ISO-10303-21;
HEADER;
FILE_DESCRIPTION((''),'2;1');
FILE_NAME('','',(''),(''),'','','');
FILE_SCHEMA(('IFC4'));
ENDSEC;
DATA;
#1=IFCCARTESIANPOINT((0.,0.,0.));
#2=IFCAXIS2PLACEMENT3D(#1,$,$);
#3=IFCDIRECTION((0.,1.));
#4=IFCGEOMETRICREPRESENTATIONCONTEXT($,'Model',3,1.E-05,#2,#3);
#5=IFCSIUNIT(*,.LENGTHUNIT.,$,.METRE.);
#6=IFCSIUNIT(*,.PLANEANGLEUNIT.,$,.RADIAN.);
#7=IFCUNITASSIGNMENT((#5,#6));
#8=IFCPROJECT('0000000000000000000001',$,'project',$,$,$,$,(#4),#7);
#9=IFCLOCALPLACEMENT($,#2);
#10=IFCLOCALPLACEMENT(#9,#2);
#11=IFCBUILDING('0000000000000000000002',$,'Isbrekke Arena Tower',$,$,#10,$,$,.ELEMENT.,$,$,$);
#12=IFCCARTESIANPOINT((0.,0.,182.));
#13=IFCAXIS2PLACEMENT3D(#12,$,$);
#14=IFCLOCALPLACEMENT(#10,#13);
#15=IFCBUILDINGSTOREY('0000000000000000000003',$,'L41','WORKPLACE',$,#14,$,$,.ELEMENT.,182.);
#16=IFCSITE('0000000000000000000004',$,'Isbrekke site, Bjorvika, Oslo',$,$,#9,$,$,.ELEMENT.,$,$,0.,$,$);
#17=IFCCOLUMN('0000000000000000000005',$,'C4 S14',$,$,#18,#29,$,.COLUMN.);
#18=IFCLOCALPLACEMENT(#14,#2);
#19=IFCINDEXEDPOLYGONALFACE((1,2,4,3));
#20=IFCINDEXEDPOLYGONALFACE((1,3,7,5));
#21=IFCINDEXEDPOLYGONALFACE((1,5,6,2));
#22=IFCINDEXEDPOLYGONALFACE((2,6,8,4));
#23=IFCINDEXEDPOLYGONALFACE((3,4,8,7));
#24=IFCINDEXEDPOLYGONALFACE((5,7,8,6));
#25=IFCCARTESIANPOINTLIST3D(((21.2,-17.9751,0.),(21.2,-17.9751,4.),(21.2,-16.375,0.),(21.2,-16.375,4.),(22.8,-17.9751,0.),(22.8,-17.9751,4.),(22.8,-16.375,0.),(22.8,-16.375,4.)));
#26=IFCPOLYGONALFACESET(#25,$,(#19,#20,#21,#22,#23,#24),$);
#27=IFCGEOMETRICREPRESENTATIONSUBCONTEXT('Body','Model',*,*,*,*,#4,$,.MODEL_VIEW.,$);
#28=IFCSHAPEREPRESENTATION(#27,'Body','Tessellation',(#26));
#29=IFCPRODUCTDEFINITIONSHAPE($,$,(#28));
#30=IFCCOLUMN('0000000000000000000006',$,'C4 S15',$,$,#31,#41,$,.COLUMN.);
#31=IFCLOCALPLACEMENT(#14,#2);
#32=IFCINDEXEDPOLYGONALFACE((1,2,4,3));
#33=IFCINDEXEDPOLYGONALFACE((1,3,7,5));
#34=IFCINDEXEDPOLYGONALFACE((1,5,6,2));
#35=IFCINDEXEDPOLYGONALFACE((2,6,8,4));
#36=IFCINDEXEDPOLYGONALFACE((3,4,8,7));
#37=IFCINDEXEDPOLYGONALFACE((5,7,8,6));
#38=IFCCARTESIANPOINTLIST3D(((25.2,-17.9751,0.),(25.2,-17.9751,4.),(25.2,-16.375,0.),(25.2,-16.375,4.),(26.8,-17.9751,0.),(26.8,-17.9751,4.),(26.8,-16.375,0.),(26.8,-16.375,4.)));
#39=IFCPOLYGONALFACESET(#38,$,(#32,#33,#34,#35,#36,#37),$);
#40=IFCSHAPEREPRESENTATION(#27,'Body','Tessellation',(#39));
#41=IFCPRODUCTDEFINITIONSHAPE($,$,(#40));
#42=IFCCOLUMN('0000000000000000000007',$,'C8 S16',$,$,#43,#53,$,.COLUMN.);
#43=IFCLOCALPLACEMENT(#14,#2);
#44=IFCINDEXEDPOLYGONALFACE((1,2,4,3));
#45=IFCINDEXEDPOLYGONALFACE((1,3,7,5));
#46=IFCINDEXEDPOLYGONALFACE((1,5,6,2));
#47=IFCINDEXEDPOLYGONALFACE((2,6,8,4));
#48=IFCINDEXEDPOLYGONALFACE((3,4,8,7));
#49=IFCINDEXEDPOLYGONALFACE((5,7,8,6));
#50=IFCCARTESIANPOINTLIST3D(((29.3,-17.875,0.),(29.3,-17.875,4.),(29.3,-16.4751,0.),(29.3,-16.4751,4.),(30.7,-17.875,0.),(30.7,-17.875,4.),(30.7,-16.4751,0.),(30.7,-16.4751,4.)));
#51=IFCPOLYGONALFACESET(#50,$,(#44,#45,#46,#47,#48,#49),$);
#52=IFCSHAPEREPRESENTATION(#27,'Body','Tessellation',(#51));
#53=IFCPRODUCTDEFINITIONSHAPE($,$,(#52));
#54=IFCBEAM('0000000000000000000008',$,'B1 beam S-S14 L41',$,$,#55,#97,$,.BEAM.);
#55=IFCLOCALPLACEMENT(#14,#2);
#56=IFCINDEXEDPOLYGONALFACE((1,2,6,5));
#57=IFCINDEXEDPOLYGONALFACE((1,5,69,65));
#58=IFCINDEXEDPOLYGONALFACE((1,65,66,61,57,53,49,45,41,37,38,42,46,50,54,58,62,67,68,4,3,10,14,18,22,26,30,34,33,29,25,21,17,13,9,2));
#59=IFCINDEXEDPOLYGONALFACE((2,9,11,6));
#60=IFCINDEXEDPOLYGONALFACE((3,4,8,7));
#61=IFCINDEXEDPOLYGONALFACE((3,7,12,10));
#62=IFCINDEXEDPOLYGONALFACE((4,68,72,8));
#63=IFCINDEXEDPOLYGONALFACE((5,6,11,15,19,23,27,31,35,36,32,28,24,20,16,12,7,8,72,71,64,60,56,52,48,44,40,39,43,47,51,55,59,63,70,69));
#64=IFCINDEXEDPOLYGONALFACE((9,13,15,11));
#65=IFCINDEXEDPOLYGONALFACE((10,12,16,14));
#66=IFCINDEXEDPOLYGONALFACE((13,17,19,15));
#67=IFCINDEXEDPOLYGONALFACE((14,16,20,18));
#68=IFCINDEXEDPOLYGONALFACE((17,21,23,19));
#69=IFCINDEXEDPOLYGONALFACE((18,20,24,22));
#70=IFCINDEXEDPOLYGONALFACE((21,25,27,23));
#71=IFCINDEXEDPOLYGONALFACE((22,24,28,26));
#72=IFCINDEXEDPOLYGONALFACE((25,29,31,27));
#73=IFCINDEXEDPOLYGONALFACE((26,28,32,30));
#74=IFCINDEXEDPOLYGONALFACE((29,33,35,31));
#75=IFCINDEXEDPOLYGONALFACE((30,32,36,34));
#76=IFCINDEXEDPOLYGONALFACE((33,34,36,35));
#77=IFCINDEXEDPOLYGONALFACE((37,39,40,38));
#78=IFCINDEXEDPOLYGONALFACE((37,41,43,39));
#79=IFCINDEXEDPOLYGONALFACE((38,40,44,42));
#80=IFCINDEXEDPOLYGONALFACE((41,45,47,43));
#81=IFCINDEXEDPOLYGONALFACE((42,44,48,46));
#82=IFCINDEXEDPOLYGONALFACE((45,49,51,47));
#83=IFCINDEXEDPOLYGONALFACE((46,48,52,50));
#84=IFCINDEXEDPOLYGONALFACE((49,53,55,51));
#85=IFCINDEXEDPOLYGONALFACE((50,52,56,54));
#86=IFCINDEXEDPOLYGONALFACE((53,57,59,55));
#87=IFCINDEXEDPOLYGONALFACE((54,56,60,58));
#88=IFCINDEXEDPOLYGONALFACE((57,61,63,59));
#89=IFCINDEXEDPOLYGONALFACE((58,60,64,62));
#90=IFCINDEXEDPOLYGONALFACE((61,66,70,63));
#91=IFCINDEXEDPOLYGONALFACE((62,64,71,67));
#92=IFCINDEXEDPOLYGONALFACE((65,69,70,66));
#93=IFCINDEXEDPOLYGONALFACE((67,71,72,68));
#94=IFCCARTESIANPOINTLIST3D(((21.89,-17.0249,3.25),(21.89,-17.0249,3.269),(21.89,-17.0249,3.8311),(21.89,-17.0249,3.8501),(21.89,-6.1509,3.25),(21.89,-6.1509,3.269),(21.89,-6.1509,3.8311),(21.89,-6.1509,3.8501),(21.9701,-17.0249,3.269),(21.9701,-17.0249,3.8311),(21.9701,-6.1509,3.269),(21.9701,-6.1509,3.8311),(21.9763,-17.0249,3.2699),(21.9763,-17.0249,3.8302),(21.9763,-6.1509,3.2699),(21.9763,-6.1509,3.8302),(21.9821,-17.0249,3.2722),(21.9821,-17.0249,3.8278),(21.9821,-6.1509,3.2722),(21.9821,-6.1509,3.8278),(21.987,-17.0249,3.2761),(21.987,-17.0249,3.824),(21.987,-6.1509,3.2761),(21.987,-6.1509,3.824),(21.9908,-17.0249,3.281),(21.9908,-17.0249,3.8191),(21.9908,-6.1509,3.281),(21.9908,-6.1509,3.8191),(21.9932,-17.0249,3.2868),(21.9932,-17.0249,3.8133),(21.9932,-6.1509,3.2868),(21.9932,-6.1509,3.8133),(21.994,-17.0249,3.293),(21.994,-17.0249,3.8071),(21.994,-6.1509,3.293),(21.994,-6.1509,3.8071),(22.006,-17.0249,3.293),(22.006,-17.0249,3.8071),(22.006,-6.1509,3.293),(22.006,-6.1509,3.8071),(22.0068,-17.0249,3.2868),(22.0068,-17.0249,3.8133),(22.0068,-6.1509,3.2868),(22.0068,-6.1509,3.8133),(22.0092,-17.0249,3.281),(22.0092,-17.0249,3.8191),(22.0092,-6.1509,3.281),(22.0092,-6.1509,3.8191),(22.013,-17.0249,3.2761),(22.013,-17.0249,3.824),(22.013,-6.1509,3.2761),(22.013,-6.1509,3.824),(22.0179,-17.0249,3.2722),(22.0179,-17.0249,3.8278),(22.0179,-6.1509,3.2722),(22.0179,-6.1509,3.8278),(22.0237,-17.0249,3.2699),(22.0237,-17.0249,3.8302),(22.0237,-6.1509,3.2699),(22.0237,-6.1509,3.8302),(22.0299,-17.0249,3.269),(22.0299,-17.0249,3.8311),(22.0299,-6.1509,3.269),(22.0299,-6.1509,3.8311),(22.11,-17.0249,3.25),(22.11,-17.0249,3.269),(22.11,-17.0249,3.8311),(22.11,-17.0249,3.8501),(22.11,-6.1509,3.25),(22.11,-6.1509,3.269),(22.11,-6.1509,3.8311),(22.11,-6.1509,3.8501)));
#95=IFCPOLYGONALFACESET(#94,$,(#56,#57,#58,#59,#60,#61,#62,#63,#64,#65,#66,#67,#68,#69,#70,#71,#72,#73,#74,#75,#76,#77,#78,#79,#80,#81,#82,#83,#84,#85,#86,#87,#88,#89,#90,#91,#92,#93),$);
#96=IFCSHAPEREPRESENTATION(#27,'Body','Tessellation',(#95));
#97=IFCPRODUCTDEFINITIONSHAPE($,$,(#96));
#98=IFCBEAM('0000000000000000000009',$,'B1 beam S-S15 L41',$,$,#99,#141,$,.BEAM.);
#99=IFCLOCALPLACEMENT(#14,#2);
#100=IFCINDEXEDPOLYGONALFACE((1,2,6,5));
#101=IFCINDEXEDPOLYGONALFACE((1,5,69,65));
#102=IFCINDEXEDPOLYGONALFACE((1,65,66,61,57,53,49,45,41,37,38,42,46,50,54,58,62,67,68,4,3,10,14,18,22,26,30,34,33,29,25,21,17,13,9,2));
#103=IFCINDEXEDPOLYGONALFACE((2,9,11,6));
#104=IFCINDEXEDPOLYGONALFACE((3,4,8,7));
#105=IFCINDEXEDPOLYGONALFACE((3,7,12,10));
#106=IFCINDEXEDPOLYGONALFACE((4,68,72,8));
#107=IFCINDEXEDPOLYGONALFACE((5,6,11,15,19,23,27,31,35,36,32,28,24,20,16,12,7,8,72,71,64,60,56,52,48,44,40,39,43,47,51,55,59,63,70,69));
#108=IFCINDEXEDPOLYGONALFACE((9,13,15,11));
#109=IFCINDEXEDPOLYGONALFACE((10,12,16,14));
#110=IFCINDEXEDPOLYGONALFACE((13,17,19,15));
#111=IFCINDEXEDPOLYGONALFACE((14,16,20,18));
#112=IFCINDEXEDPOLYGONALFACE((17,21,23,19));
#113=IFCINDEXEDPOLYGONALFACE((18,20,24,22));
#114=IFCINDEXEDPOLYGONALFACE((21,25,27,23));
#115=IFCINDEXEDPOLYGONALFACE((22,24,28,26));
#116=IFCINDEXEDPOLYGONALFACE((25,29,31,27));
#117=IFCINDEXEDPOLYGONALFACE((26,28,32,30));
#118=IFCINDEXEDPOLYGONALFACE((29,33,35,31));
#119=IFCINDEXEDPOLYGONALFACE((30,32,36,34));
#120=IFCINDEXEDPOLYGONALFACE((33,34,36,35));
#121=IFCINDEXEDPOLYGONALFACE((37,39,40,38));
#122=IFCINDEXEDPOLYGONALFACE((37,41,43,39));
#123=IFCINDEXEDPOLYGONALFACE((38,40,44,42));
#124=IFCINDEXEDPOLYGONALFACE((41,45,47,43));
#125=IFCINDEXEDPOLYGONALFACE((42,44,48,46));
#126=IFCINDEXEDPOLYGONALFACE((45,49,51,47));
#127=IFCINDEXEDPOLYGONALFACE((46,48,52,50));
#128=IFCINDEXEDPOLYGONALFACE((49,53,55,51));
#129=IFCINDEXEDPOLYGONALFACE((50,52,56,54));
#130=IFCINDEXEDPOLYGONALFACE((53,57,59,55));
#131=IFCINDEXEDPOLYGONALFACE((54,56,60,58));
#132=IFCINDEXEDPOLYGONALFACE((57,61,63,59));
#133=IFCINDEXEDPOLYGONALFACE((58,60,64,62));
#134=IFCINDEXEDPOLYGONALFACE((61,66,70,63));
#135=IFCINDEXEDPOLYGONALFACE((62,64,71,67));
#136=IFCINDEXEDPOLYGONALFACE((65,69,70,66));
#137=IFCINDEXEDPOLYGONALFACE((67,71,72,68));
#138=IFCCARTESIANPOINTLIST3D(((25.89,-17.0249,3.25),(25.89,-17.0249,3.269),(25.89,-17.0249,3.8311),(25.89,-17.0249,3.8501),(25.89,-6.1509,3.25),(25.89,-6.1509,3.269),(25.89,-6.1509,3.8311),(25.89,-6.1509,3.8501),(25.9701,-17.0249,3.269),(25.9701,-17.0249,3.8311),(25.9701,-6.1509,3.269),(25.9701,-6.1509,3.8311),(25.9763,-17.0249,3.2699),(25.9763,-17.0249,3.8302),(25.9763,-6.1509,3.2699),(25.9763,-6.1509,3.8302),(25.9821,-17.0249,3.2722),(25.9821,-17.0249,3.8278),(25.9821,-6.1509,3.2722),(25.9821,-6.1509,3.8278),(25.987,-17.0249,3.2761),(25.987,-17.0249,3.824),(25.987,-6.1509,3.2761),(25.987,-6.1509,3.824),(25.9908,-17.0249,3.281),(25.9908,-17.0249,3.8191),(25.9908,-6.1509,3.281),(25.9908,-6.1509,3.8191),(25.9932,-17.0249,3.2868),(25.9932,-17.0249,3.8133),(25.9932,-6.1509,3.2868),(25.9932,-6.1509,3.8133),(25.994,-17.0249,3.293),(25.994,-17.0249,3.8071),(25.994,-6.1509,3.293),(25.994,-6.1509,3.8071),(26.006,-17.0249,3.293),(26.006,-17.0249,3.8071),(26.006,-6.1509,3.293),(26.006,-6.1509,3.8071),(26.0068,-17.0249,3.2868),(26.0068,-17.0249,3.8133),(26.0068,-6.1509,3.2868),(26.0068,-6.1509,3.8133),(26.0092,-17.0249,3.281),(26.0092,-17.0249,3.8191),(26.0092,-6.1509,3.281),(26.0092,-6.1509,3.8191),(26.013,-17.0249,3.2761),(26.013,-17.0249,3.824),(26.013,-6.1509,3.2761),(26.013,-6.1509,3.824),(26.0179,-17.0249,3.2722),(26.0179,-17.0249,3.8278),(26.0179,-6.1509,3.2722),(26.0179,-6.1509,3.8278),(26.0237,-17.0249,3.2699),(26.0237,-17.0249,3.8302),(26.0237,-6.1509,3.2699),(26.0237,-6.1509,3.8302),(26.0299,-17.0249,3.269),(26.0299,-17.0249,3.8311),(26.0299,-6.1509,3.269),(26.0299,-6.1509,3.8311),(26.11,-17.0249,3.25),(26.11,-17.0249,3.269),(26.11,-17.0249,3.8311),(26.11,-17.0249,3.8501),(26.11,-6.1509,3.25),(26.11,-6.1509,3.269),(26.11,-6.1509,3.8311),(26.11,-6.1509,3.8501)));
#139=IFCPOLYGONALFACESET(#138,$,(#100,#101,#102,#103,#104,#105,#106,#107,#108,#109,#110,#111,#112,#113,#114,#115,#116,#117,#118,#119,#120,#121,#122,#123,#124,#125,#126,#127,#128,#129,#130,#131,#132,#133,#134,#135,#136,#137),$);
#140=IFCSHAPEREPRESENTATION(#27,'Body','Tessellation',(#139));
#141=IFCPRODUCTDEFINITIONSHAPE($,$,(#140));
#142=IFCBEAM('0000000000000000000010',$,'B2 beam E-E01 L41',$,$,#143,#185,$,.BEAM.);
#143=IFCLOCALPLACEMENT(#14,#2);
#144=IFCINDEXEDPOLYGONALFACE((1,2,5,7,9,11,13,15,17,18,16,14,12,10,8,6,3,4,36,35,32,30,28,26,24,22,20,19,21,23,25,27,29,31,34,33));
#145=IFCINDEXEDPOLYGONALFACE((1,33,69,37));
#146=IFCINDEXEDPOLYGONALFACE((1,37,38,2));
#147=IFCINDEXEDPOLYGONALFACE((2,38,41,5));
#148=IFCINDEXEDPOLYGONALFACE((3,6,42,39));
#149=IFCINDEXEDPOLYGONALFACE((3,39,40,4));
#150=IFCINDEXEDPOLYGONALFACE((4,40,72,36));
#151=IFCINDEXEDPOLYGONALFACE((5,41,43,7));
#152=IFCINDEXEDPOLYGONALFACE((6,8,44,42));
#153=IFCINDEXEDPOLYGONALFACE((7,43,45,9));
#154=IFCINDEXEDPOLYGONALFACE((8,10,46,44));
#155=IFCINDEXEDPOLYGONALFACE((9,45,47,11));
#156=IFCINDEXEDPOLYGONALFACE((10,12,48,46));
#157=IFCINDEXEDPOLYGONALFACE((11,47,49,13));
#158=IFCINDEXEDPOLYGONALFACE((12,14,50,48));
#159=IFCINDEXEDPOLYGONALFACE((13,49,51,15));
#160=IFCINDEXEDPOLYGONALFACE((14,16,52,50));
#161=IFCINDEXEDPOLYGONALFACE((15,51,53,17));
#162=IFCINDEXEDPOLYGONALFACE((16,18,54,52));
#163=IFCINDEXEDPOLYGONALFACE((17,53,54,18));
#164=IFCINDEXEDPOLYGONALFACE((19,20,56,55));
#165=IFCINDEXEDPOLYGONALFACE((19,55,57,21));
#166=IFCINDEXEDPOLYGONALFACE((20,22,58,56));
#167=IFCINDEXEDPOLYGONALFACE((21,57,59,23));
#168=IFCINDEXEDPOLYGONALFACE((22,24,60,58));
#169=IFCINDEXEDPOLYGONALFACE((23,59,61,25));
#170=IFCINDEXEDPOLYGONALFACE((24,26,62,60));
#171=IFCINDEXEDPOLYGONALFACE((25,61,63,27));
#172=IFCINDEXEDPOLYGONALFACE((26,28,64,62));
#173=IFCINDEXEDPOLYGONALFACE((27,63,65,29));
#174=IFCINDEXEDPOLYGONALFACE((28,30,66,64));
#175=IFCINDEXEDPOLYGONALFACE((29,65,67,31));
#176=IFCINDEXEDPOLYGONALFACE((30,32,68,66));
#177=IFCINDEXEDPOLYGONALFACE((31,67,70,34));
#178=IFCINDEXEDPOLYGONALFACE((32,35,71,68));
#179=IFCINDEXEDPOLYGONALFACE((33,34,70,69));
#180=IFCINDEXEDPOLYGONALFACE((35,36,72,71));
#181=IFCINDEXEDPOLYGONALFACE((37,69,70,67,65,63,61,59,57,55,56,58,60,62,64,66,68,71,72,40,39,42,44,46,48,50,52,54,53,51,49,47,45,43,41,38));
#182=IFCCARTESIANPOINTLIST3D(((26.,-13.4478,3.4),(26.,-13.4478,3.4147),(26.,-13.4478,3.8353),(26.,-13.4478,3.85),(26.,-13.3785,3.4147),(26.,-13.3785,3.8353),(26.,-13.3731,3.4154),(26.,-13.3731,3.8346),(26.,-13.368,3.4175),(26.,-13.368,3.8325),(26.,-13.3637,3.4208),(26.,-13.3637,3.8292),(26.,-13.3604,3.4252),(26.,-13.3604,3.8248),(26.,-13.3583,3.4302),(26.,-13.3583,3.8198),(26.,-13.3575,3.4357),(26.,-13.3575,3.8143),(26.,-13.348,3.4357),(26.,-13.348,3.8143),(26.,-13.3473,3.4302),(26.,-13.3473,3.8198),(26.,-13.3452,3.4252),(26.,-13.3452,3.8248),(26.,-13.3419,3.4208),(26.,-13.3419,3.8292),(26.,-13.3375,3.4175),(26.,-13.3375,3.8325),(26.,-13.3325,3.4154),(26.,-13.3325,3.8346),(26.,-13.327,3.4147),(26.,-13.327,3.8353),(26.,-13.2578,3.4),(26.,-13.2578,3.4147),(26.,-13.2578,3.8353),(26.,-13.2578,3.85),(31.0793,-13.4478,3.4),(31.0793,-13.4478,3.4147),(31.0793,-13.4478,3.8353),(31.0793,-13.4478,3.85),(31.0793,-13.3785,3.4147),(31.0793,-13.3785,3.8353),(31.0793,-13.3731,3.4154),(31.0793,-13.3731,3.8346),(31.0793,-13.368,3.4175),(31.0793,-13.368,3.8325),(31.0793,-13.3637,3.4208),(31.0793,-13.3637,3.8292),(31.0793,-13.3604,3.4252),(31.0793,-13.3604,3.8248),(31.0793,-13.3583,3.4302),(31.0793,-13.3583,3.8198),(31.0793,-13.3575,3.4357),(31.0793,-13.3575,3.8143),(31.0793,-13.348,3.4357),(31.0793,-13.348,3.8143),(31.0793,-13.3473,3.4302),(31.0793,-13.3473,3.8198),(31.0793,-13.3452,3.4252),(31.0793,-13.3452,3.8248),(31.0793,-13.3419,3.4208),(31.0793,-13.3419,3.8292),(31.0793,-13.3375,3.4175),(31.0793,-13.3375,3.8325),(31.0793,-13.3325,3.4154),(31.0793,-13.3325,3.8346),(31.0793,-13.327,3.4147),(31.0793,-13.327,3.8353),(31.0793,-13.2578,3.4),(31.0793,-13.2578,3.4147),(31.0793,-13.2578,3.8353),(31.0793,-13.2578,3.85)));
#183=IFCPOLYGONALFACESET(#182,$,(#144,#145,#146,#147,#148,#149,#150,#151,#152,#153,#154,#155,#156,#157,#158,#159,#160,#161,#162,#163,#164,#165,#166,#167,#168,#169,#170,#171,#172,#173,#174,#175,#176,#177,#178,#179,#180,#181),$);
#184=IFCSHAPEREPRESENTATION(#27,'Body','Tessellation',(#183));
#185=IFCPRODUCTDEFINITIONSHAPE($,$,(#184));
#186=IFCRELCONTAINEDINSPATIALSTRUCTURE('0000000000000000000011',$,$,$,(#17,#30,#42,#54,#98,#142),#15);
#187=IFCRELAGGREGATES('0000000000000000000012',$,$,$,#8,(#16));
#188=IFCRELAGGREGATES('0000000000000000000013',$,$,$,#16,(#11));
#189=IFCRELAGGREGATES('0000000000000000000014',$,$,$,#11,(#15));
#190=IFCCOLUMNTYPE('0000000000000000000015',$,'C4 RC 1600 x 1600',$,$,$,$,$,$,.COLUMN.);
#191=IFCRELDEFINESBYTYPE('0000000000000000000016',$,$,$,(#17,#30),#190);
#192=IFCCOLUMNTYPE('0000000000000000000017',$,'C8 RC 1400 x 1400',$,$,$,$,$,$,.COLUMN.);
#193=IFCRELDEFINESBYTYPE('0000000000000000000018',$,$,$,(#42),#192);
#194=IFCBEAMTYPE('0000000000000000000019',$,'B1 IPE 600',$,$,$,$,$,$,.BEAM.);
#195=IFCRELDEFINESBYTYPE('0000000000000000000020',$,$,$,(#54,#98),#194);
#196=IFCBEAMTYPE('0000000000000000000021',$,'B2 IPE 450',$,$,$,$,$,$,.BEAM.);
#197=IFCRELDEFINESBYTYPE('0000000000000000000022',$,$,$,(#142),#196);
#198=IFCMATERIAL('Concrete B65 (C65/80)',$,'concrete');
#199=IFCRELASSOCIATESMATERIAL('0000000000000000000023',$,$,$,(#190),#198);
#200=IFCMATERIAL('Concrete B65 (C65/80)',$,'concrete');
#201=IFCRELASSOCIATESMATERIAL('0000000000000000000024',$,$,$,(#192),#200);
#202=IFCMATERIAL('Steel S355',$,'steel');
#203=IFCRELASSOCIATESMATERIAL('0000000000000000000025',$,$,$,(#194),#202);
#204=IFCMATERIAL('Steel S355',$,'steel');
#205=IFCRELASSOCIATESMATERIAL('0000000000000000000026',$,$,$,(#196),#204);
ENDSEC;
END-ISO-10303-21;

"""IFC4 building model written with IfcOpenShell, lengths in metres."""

from ifc_helpers import new_model, si_unit, direction, frame, origin, origin_2d, place, context, subcontext, project, spatial, rectangle, i_section, extrude, material, material_profile, profile_set, type_object, element, save


model = new_model("IFC4")

# Units and contexts
model_context = context("Model", 3, precision=1e-05, world=origin(), true_north=direction((0.0, 1.0)))
body_context = subcontext(model_context, "Body", "Model", "MODEL_VIEW")
ifc_project = project(units=[si_unit("LENGTHUNIT", "METRE"), si_unit("PLANEANGLEUNIT", "RADIAN")], contexts=[model_context])

# Site, building, storey
site_placement = place(None, origin())
site = spatial("IfcSite", under=ifc_project, at=site_placement, Name="Isbrekke site, Bjorvika, Oslo", CompositionType="ELEMENT", RefElevation=0.0)
building_placement = place(site_placement, origin())
building = spatial("IfcBuilding", under=site, at=building_placement, Name="Isbrekke Arena Tower", CompositionType="ELEMENT")
storey_placement = place(building_placement, frame((0.0, 0.0, 182.0)))
storey = spatial("IfcBuildingStorey", under=building, at=storey_placement, Name="L41", Description="WORKPLACE", CompositionType="ELEMENT", Elevation=182.0)

# Columns
ifc_material_1 = material(Name="Concrete B65 (C65/80)", Category="concrete")
ifc_material_profile_1 = material_profile(ifc_material_1, rectangle(XDim=1.6001, YDim=1.6001, at=origin_2d()), Name="RC 1600x1600")
ifc_profile_set_1 = profile_set([ifc_material_profile_1], Name="Concrete B65 (C65/80)")
column_type_1 = type_object("IfcColumnType", Name="C4 RC 1600 x 1600", PredefinedType="COLUMN", material=ifc_profile_set_1)
for number, where, z_axis, x_axis, name in (
    (1, (22.0, -17.175, 0.0), (0.0, 0.0, 1.0), (1.0, 0.0, 0.0), "C4 S14"),
    (2, (26.0, -17.175, 0.0), (0.0, 0.0, 1.0), (1.0, 0.0, 0.0), "C4 S15"),
):
    element("IfcColumn", number, at=place(storey_placement, frame(where, z_axis=z_axis, x_axis=x_axis)), inside=storey, type_object=column_type_1, Name=name, PredefinedType="COLUMN", context=body_context, shape_type="SweptSolid", body=[
        extrude(rectangle(XDim=1.6001, YDim=1.6001, at=origin_2d()), origin(), (0.0, 0.0, 1.0), 4.0),
    ])
ifc_material_2 = material(Name="Concrete B65 (C65/80)", Category="concrete")
ifc_material_profile_2 = material_profile(ifc_material_2, rectangle(XDim=1.3999, YDim=1.3999, at=origin_2d()), Name="RC 1400x1400")
ifc_profile_set_2 = profile_set([ifc_material_profile_2], Name="Concrete B65 (C65/80)")
column_type_2 = type_object("IfcColumnType", Name="C8 RC 1400 x 1400", PredefinedType="COLUMN", material=ifc_profile_set_2)
column_placement = place(storey_placement, frame((30.0, -17.175, 0.0), z_axis=(0.0, 0.0, 1.0), x_axis=(1.0, 0.0, 0.0)))
element("IfcColumn", 3, at=column_placement, inside=storey, type_object=column_type_2, Name="C8 S16", PredefinedType="COLUMN", context=body_context, shape_type="SweptSolid", body=[
    extrude(rectangle(XDim=1.3999, YDim=1.3999, at=origin_2d()), origin(), (0.0, 0.0, 1.0), 4.0),
])

# Beams
ifc_material_3 = material(Name="Steel S355", Category="steel")
ifc_material_profile_3 = material_profile(ifc_material_3, i_section(OverallWidth=0.22, OverallDepth=0.6001, WebThickness=0.012, FlangeThickness=0.019, FilletRadius=0.0239, at=origin_2d()), Name="IPE 600")
ifc_profile_set_3 = profile_set([ifc_material_profile_3], Name="Steel S355")
beam_type_1 = type_object("IfcBeamType", Name="B1 IPE 600", PredefinedType="BEAM", material=ifc_profile_set_3)
for number, where, z_axis, x_axis, name in (
    (4, (22.0, -17.0249, 3.55), (0.0, 1.0, 0.0), (-1.0, 0.0, 0.0), "B1 beam S-S14 L41"),
    (5, (26.0, -17.0249, 3.55), (0.0, 1.0, 0.0), (-1.0, 0.0, 0.0), "B1 beam S-S15 L41"),
):
    element("IfcBeam", number, at=place(storey_placement, frame(where, z_axis=z_axis, x_axis=x_axis)), inside=storey, type_object=beam_type_1, Name=name, PredefinedType="BEAM", context=body_context, shape_type="SweptSolid", body=[
        extrude(i_section(OverallWidth=0.22, OverallDepth=0.6001, WebThickness=0.012, FlangeThickness=0.019, FilletRadius=0.0239, at=origin_2d()), origin(), (0.0, 0.0, 1.0), 10.874),
    ])
ifc_material_4 = material(Name="Steel S355", Category="steel")
ifc_material_profile_4 = material_profile(ifc_material_4, i_section(OverallWidth=0.1899, OverallDepth=0.45, WebThickness=0.0095, FlangeThickness=0.0146, FilletRadius=0.021, at=origin_2d()), Name="IPE 450")
ifc_profile_set_4 = profile_set([ifc_material_profile_4], Name="Steel S355")
beam_type_2 = type_object("IfcBeamType", Name="B2 IPE 450", PredefinedType="BEAM", material=ifc_profile_set_4)
beam_1_placement = place(storey_placement, frame((31.0793, -13.3528, 3.625), z_axis=(-1.0, 0.0, 0.0), x_axis=(0.0, -1.0, 0.0)))
element("IfcBeam", 6, at=beam_1_placement, inside=storey, type_object=beam_type_2, Name="B2 beam E-E01 L41", PredefinedType="BEAM", context=body_context, shape_type="SweptSolid", body=[
    extrude(i_section(OverallWidth=0.1899, OverallDepth=0.45, WebThickness=0.0095, FlangeThickness=0.0146, FilletRadius=0.021, at=origin_2d()), origin(), (0.0, 0.0, 1.0), 5.0793),
])

save(model, "model.ifc")
